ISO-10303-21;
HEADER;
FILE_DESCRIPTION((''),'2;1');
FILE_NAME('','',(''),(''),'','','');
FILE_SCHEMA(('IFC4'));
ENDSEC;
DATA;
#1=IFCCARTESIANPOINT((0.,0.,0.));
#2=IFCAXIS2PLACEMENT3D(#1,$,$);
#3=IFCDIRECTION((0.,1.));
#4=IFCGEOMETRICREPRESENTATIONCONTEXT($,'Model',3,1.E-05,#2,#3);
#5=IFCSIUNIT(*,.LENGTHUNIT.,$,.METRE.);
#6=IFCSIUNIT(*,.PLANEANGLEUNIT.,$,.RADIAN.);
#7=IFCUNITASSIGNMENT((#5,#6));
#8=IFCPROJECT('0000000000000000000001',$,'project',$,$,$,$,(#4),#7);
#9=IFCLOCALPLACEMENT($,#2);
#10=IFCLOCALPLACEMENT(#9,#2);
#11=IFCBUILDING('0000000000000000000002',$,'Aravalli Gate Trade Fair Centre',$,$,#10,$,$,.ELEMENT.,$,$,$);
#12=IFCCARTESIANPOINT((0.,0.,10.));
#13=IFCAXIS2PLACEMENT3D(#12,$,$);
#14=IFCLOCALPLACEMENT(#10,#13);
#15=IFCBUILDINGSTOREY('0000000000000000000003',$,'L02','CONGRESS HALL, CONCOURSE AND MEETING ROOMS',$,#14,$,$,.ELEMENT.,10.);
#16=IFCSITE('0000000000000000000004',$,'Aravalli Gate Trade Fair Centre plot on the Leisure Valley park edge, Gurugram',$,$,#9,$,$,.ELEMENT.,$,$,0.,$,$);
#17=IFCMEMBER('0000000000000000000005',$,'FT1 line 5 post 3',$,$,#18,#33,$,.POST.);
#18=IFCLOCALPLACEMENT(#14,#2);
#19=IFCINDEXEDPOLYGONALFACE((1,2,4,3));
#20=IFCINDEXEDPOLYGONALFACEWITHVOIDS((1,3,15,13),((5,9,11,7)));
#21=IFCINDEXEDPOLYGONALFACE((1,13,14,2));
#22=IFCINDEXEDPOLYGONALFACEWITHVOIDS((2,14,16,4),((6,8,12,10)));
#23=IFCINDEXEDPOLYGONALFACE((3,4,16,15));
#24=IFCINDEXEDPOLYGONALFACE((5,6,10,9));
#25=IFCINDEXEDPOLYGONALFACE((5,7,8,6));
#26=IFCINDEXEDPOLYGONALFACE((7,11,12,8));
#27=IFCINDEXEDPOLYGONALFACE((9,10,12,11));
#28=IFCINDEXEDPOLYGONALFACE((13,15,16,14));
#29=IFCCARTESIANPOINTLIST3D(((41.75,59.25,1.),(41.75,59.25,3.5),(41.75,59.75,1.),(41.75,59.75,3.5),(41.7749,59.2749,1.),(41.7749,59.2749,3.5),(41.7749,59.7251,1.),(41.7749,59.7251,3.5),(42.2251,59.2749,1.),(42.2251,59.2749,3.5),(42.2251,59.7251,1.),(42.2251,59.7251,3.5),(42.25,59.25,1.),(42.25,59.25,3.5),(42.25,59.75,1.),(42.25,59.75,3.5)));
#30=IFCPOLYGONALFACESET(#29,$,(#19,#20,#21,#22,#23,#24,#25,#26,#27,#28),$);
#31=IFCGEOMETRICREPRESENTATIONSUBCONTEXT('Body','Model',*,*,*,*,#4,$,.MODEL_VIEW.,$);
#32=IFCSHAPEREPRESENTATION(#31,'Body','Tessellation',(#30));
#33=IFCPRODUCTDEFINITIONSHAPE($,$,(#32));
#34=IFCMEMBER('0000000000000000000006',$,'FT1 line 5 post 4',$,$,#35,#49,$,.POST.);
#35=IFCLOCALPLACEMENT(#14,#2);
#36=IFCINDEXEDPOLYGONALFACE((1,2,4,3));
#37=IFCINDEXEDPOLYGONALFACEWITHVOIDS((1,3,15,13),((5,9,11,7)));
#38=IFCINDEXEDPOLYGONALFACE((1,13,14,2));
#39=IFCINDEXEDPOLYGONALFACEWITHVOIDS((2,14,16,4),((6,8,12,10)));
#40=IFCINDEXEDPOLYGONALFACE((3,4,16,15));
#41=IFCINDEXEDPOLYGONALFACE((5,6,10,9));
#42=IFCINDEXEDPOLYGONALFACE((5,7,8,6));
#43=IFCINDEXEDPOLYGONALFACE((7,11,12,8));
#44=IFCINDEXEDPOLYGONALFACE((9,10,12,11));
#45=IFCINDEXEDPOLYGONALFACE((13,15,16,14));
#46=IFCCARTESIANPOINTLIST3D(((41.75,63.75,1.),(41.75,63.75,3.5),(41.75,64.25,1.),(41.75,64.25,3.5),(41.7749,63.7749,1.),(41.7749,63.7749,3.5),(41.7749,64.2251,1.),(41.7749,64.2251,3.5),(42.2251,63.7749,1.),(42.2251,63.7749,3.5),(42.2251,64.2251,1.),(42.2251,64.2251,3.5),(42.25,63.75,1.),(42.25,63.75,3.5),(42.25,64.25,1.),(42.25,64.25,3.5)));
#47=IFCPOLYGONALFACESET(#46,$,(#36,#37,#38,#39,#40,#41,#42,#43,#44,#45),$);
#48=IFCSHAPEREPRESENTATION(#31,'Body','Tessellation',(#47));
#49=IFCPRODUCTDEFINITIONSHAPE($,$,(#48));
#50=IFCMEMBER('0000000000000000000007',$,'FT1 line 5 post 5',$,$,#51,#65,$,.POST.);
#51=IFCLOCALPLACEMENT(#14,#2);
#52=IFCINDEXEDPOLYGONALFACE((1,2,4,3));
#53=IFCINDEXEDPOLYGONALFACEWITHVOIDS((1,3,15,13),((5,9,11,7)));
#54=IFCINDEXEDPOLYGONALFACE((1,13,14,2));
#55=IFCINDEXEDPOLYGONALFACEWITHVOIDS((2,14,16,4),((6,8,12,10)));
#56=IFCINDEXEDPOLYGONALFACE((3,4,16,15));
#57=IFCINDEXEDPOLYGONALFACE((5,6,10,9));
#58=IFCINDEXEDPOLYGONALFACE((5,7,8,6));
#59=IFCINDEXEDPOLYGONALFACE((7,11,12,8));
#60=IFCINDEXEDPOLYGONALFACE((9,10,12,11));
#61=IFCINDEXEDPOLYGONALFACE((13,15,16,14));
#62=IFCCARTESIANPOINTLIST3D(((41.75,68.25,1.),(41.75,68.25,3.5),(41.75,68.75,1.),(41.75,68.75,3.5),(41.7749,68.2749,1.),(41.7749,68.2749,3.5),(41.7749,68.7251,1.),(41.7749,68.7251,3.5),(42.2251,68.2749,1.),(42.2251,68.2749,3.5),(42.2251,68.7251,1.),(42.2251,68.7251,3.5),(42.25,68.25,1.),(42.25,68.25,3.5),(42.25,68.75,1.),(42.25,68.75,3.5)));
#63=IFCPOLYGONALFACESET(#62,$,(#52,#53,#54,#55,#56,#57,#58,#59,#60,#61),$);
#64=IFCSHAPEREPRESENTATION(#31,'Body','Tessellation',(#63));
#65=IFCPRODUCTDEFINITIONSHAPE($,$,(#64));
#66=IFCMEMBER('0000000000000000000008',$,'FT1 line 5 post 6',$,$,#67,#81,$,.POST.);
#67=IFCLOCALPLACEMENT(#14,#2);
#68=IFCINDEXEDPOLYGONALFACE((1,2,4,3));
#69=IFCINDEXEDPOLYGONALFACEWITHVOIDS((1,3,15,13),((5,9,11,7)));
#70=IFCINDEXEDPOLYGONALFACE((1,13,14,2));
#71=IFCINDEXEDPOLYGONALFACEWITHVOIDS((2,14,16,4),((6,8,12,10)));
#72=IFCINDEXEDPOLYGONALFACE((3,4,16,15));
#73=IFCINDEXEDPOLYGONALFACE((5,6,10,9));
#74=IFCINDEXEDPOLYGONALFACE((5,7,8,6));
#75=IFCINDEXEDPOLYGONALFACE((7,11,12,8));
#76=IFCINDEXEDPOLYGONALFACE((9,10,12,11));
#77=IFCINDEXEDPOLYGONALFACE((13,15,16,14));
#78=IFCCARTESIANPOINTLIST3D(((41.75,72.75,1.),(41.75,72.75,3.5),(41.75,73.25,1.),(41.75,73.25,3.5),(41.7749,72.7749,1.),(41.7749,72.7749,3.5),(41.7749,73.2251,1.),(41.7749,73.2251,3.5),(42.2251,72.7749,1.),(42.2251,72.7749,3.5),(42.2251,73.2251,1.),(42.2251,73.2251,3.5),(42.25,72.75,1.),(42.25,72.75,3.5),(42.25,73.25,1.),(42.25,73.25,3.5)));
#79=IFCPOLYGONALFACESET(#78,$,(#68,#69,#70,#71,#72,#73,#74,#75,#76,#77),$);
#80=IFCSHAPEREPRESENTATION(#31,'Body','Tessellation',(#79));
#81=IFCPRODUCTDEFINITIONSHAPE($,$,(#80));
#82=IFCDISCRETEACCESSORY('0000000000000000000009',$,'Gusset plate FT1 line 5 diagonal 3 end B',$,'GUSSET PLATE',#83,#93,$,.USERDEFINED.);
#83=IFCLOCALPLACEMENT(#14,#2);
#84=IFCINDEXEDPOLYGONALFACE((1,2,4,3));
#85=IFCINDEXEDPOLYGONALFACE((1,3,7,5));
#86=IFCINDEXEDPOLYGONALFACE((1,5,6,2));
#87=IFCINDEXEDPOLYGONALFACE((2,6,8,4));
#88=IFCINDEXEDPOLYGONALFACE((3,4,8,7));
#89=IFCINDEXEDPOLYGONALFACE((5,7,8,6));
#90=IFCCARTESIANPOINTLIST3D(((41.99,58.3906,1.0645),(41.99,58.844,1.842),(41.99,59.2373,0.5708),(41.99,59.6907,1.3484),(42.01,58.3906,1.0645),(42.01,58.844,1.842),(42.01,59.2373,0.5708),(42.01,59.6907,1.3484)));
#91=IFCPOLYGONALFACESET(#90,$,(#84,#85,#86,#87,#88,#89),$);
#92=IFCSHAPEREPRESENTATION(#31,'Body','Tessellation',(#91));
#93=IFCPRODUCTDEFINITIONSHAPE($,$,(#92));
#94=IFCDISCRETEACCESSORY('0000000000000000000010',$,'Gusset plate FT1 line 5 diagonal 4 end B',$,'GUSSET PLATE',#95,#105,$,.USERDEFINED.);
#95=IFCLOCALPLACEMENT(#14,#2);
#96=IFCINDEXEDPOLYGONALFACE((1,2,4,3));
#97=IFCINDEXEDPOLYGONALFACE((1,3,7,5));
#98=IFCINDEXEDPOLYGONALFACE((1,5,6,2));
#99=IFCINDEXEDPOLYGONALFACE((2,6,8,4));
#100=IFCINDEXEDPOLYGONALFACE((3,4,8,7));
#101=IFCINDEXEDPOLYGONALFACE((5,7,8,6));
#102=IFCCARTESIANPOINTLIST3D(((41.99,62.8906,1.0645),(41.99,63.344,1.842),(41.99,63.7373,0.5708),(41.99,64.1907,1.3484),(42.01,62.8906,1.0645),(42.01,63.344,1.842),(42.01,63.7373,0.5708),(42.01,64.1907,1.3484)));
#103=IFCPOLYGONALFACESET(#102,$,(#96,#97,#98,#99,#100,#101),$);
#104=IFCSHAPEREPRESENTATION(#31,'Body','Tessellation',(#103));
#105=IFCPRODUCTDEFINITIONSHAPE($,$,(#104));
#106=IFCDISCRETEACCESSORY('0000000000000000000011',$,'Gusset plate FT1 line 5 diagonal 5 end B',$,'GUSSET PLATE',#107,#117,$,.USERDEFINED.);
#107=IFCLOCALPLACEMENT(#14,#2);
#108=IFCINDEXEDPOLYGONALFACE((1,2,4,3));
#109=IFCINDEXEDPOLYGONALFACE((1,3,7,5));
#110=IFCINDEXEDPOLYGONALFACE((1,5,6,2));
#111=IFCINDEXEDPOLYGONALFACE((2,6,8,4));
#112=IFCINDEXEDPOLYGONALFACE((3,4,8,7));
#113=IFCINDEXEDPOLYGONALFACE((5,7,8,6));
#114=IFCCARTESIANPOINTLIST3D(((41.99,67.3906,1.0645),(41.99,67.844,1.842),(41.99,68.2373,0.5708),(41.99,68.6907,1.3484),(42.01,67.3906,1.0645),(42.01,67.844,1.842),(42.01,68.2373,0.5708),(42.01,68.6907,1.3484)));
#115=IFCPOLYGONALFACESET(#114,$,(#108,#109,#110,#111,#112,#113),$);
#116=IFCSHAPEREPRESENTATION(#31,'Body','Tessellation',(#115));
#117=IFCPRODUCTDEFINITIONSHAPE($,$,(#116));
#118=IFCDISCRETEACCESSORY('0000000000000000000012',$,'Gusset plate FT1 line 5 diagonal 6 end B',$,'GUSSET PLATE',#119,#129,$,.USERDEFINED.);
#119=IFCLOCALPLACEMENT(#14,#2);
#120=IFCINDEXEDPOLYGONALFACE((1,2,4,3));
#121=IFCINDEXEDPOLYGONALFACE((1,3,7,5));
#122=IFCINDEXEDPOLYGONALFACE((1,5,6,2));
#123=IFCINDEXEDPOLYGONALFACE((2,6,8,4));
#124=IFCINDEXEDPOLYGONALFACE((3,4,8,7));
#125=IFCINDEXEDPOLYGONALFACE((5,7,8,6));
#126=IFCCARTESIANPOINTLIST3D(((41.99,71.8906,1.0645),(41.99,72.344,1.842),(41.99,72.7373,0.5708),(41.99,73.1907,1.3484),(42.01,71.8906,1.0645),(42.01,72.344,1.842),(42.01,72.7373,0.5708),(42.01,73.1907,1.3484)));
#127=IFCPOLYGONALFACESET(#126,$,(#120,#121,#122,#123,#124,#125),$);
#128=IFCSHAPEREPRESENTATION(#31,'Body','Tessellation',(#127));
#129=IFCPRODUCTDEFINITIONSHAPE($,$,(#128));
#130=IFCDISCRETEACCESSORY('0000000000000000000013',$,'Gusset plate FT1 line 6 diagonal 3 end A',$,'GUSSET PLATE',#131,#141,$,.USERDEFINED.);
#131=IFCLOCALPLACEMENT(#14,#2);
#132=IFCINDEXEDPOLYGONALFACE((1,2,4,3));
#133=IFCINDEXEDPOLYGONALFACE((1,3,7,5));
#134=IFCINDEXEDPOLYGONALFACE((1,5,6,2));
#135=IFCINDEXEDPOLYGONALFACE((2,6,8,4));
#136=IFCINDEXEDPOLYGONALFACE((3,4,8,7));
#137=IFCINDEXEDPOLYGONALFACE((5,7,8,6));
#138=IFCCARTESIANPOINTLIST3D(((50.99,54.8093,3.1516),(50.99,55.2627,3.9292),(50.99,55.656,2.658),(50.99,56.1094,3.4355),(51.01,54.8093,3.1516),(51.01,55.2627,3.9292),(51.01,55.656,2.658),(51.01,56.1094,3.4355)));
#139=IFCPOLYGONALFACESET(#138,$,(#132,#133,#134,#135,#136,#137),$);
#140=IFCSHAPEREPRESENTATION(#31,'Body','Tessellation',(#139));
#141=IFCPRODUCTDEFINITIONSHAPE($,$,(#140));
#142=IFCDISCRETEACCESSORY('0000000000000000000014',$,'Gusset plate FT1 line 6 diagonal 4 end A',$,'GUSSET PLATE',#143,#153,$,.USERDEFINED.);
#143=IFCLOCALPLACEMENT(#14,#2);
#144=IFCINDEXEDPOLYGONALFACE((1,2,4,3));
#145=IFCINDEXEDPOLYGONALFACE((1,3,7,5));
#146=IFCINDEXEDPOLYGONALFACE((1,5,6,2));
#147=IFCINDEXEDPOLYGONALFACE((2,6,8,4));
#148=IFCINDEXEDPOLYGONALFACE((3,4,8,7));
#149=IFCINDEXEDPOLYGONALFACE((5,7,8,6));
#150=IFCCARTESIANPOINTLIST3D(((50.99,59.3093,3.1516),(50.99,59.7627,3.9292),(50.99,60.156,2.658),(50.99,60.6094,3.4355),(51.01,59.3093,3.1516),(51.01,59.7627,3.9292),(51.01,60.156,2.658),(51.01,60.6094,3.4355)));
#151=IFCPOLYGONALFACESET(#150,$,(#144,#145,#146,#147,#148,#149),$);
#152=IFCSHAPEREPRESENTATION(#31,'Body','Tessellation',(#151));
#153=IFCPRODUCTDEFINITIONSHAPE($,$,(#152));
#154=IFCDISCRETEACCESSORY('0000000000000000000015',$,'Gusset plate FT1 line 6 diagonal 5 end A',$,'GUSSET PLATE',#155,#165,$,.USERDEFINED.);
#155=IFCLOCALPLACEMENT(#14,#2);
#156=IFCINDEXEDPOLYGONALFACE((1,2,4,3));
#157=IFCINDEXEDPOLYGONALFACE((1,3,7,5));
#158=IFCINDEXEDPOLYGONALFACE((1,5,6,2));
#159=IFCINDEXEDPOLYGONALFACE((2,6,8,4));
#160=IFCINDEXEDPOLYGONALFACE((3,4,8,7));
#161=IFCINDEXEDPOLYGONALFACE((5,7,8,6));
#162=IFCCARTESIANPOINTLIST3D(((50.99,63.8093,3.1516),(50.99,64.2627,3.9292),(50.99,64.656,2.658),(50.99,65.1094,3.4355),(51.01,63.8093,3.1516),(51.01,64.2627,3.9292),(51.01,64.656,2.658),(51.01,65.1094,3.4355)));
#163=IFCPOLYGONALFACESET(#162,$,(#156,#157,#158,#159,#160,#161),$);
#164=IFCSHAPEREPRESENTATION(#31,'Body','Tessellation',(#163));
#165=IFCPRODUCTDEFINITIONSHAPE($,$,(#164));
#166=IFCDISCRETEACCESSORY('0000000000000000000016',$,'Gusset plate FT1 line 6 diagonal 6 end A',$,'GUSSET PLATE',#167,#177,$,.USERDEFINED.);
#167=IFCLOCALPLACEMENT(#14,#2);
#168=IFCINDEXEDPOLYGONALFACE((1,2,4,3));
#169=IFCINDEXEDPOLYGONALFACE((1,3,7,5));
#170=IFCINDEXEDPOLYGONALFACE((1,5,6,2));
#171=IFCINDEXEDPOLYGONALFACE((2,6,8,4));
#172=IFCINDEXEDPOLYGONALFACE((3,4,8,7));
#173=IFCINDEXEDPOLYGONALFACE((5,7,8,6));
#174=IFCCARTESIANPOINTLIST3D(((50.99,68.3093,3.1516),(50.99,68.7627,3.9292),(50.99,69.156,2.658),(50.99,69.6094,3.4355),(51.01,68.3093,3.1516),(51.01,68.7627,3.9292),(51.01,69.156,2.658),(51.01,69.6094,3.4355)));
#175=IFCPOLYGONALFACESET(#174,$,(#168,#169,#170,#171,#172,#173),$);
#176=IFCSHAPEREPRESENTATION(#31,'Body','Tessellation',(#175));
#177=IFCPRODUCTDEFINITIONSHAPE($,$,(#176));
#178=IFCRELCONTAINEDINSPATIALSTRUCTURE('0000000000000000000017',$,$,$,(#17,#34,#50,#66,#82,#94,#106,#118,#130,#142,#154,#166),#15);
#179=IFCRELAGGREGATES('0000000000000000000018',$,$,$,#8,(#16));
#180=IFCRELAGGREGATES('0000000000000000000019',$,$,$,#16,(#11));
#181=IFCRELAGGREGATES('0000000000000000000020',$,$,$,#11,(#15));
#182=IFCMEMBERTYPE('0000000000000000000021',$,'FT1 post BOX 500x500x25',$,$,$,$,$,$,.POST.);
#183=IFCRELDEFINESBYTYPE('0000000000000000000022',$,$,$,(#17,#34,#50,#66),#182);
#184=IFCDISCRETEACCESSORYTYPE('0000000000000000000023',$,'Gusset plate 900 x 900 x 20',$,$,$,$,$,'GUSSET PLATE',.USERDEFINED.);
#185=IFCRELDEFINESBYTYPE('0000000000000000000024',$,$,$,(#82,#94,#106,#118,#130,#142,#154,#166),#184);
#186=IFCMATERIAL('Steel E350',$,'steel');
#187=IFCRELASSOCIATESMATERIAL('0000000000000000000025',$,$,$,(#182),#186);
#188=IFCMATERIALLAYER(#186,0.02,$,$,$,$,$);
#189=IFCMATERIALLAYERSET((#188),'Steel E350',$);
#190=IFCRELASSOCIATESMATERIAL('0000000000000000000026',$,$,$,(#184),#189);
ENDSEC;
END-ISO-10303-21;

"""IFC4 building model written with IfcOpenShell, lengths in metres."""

from ifc_helpers import new_model, si_unit, direction, frame, origin, origin_2d, place, context, subcontext, project, spatial, polyline, hollow_rectangle, outline, extrude, material, layer, layer_set, material_profile, profile_set, type_object, element, save


model = new_model("IFC4")

# Units and contexts
model_context = context("Model", 3, precision=1e-05, world=origin(), true_north=direction((0.0, 1.0)))
body_context = subcontext(model_context, "Body", "Model", "MODEL_VIEW")
ifc_project = project(units=[si_unit("LENGTHUNIT", "METRE"), si_unit("PLANEANGLEUNIT", "RADIAN")], contexts=[model_context])

# Site, building, storey
site_placement = place(None, origin())
site = spatial("IfcSite", under=ifc_project, at=site_placement, Name="Aravalli Gate Trade Fair Centre plot on the Leisure Valley park edge, Gurugram", CompositionType="ELEMENT", RefElevation=0.0)
building_placement = place(site_placement, origin())
building = spatial("IfcBuilding", under=site, at=building_placement, Name="Aravalli Gate Trade Fair Centre", CompositionType="ELEMENT")
storey_placement = place(building_placement, frame((0.0, 0.0, 10.0)))
storey = spatial("IfcBuildingStorey", under=building, at=storey_placement, Name="L02", Description="CONGRESS HALL, CONCOURSE AND MEETING ROOMS", CompositionType="ELEMENT", Elevation=10.0)

# Members
ifc_material = material(Name="Steel E350", Category="steel")
ifc_material_profile_1 = material_profile(ifc_material, hollow_rectangle(XDim=0.5, YDim=0.5, WallThickness=0.0249, at=origin_2d()), Name="BOX 500x500x25")
ifc_profile_set_1 = profile_set([ifc_material_profile_1], Name="Steel E350")
member_type_1 = type_object("IfcMemberType", Name="FT1 post BOX 500x500x25", PredefinedType="POST", material=ifc_profile_set_1)
for number, where, z_axis, x_axis, name in (
    (1, (42.0, 59.5, 1.0), (0.0, 0.0, 1.0), (1.0, 0.0, 0.0), "FT1 line 5 post 3"),
    (2, (42.0, 64.0, 1.0), (0.0, 0.0, 1.0), (1.0, 0.0, 0.0), "FT1 line 5 post 4"),
    (3, (42.0, 68.5, 1.0), (0.0, 0.0, 1.0), (1.0, 0.0, 0.0), "FT1 line 5 post 5"),
    (4, (42.0, 73.0, 1.0), (0.0, 0.0, 1.0), (1.0, 0.0, 0.0), "FT1 line 5 post 6"),
):
    element("IfcMember", number, at=place(storey_placement, frame(where, z_axis=z_axis, x_axis=x_axis)), inside=storey, type_object=member_type_1, Name=name, PredefinedType="POST", context=body_context, shape_type="SweptSolid", body=[
        extrude(hollow_rectangle(XDim=0.5, YDim=0.5, WallThickness=0.0249, at=origin_2d()), origin(), (0.0, 0.0, 1.0), 2.5),
    ])

# Discrete accessories
ifc_layer = layer(ifc_material, 0.02)
ifc_layer_set = layer_set([ifc_layer], Name="Steel E350")
discrete_accessory_type = type_object("IfcDiscreteAccessoryType", Name="Gusset plate 900 x 900 x 20", ElementType="GUSSET PLATE", PredefinedType="USERDEFINED", material=ifc_layer_set)
for number, where, z_axis, x_axis, name in (
    (5, (42.01, 58.3906, 1.0645), (1.0, 0.0, 0.0), (0.0, 0.863887, -0.503685), "Gusset plate FT1 line 5 diagonal 3 end B"),
    (6, (42.01, 62.8906, 1.0645), (1.0, 0.0, 0.0), (0.0, 0.863887, -0.503685), "Gusset plate FT1 line 5 diagonal 4 end B"),
    (7, (42.01, 67.3906, 1.0645), (1.0, 0.0, 0.0), (0.0, 0.863887, -0.503685), "Gusset plate FT1 line 5 diagonal 5 end B"),
    (8, (42.01, 71.8906, 1.0645), (1.0, 0.0, 0.0), (0.0, 0.863887, -0.503685), "Gusset plate FT1 line 5 diagonal 6 end B"),
):
    element("IfcDiscreteAccessory", number, at=place(storey_placement, frame(where, z_axis=z_axis, x_axis=x_axis)), inside=storey, type_object=discrete_accessory_type, Name=name, ObjectType="GUSSET PLATE", PredefinedType="USERDEFINED", context=body_context, shape_type="SweptSolid", body=[
        extrude(outline(polyline([(0.0, 0.0), (0.9801, 0.0), (0.9801, 0.9001), (0.0, 0.9001), (0.0, 0.0)])), origin(), (0.0, 0.0, -1.0), 0.02),
    ])
for number, where, z_axis, x_axis, name in (
    (9, (50.99, 55.656, 2.658), (-1.0, 0.0, 0.0), (0.0, -0.863887, 0.503685), "Gusset plate FT1 line 6 diagonal 3 end A"),
    (10, (50.99, 60.156, 2.658), (-1.0, 0.0, 0.0), (0.0, -0.863887, 0.503685), "Gusset plate FT1 line 6 diagonal 4 end A"),
    (11, (50.99, 64.656, 2.658), (-1.0, 0.0, 0.0), (0.0, -0.863887, 0.503685), "Gusset plate FT1 line 6 diagonal 5 end A"),
    (12, (50.99, 69.156, 2.658), (-1.0, 0.0, 0.0), (0.0, -0.863887, 0.503685), "Gusset plate FT1 line 6 diagonal 6 end A"),
):
    element("IfcDiscreteAccessory", number, at=place(storey_placement, frame(where, z_axis=z_axis, x_axis=x_axis)), inside=storey, type_object=discrete_accessory_type, Name=name, ObjectType="GUSSET PLATE", PredefinedType="USERDEFINED", context=body_context, shape_type="SweptSolid", body=[
        extrude(outline(polyline([(0.0, 0.0), (0.9801, 0.0), (0.9801, 0.9001), (0.0, 0.9001), (0.0, 0.0)])), origin(), (0.0, 0.0, -1.0), 0.02),
    ])

save(model, "model.ifc")
